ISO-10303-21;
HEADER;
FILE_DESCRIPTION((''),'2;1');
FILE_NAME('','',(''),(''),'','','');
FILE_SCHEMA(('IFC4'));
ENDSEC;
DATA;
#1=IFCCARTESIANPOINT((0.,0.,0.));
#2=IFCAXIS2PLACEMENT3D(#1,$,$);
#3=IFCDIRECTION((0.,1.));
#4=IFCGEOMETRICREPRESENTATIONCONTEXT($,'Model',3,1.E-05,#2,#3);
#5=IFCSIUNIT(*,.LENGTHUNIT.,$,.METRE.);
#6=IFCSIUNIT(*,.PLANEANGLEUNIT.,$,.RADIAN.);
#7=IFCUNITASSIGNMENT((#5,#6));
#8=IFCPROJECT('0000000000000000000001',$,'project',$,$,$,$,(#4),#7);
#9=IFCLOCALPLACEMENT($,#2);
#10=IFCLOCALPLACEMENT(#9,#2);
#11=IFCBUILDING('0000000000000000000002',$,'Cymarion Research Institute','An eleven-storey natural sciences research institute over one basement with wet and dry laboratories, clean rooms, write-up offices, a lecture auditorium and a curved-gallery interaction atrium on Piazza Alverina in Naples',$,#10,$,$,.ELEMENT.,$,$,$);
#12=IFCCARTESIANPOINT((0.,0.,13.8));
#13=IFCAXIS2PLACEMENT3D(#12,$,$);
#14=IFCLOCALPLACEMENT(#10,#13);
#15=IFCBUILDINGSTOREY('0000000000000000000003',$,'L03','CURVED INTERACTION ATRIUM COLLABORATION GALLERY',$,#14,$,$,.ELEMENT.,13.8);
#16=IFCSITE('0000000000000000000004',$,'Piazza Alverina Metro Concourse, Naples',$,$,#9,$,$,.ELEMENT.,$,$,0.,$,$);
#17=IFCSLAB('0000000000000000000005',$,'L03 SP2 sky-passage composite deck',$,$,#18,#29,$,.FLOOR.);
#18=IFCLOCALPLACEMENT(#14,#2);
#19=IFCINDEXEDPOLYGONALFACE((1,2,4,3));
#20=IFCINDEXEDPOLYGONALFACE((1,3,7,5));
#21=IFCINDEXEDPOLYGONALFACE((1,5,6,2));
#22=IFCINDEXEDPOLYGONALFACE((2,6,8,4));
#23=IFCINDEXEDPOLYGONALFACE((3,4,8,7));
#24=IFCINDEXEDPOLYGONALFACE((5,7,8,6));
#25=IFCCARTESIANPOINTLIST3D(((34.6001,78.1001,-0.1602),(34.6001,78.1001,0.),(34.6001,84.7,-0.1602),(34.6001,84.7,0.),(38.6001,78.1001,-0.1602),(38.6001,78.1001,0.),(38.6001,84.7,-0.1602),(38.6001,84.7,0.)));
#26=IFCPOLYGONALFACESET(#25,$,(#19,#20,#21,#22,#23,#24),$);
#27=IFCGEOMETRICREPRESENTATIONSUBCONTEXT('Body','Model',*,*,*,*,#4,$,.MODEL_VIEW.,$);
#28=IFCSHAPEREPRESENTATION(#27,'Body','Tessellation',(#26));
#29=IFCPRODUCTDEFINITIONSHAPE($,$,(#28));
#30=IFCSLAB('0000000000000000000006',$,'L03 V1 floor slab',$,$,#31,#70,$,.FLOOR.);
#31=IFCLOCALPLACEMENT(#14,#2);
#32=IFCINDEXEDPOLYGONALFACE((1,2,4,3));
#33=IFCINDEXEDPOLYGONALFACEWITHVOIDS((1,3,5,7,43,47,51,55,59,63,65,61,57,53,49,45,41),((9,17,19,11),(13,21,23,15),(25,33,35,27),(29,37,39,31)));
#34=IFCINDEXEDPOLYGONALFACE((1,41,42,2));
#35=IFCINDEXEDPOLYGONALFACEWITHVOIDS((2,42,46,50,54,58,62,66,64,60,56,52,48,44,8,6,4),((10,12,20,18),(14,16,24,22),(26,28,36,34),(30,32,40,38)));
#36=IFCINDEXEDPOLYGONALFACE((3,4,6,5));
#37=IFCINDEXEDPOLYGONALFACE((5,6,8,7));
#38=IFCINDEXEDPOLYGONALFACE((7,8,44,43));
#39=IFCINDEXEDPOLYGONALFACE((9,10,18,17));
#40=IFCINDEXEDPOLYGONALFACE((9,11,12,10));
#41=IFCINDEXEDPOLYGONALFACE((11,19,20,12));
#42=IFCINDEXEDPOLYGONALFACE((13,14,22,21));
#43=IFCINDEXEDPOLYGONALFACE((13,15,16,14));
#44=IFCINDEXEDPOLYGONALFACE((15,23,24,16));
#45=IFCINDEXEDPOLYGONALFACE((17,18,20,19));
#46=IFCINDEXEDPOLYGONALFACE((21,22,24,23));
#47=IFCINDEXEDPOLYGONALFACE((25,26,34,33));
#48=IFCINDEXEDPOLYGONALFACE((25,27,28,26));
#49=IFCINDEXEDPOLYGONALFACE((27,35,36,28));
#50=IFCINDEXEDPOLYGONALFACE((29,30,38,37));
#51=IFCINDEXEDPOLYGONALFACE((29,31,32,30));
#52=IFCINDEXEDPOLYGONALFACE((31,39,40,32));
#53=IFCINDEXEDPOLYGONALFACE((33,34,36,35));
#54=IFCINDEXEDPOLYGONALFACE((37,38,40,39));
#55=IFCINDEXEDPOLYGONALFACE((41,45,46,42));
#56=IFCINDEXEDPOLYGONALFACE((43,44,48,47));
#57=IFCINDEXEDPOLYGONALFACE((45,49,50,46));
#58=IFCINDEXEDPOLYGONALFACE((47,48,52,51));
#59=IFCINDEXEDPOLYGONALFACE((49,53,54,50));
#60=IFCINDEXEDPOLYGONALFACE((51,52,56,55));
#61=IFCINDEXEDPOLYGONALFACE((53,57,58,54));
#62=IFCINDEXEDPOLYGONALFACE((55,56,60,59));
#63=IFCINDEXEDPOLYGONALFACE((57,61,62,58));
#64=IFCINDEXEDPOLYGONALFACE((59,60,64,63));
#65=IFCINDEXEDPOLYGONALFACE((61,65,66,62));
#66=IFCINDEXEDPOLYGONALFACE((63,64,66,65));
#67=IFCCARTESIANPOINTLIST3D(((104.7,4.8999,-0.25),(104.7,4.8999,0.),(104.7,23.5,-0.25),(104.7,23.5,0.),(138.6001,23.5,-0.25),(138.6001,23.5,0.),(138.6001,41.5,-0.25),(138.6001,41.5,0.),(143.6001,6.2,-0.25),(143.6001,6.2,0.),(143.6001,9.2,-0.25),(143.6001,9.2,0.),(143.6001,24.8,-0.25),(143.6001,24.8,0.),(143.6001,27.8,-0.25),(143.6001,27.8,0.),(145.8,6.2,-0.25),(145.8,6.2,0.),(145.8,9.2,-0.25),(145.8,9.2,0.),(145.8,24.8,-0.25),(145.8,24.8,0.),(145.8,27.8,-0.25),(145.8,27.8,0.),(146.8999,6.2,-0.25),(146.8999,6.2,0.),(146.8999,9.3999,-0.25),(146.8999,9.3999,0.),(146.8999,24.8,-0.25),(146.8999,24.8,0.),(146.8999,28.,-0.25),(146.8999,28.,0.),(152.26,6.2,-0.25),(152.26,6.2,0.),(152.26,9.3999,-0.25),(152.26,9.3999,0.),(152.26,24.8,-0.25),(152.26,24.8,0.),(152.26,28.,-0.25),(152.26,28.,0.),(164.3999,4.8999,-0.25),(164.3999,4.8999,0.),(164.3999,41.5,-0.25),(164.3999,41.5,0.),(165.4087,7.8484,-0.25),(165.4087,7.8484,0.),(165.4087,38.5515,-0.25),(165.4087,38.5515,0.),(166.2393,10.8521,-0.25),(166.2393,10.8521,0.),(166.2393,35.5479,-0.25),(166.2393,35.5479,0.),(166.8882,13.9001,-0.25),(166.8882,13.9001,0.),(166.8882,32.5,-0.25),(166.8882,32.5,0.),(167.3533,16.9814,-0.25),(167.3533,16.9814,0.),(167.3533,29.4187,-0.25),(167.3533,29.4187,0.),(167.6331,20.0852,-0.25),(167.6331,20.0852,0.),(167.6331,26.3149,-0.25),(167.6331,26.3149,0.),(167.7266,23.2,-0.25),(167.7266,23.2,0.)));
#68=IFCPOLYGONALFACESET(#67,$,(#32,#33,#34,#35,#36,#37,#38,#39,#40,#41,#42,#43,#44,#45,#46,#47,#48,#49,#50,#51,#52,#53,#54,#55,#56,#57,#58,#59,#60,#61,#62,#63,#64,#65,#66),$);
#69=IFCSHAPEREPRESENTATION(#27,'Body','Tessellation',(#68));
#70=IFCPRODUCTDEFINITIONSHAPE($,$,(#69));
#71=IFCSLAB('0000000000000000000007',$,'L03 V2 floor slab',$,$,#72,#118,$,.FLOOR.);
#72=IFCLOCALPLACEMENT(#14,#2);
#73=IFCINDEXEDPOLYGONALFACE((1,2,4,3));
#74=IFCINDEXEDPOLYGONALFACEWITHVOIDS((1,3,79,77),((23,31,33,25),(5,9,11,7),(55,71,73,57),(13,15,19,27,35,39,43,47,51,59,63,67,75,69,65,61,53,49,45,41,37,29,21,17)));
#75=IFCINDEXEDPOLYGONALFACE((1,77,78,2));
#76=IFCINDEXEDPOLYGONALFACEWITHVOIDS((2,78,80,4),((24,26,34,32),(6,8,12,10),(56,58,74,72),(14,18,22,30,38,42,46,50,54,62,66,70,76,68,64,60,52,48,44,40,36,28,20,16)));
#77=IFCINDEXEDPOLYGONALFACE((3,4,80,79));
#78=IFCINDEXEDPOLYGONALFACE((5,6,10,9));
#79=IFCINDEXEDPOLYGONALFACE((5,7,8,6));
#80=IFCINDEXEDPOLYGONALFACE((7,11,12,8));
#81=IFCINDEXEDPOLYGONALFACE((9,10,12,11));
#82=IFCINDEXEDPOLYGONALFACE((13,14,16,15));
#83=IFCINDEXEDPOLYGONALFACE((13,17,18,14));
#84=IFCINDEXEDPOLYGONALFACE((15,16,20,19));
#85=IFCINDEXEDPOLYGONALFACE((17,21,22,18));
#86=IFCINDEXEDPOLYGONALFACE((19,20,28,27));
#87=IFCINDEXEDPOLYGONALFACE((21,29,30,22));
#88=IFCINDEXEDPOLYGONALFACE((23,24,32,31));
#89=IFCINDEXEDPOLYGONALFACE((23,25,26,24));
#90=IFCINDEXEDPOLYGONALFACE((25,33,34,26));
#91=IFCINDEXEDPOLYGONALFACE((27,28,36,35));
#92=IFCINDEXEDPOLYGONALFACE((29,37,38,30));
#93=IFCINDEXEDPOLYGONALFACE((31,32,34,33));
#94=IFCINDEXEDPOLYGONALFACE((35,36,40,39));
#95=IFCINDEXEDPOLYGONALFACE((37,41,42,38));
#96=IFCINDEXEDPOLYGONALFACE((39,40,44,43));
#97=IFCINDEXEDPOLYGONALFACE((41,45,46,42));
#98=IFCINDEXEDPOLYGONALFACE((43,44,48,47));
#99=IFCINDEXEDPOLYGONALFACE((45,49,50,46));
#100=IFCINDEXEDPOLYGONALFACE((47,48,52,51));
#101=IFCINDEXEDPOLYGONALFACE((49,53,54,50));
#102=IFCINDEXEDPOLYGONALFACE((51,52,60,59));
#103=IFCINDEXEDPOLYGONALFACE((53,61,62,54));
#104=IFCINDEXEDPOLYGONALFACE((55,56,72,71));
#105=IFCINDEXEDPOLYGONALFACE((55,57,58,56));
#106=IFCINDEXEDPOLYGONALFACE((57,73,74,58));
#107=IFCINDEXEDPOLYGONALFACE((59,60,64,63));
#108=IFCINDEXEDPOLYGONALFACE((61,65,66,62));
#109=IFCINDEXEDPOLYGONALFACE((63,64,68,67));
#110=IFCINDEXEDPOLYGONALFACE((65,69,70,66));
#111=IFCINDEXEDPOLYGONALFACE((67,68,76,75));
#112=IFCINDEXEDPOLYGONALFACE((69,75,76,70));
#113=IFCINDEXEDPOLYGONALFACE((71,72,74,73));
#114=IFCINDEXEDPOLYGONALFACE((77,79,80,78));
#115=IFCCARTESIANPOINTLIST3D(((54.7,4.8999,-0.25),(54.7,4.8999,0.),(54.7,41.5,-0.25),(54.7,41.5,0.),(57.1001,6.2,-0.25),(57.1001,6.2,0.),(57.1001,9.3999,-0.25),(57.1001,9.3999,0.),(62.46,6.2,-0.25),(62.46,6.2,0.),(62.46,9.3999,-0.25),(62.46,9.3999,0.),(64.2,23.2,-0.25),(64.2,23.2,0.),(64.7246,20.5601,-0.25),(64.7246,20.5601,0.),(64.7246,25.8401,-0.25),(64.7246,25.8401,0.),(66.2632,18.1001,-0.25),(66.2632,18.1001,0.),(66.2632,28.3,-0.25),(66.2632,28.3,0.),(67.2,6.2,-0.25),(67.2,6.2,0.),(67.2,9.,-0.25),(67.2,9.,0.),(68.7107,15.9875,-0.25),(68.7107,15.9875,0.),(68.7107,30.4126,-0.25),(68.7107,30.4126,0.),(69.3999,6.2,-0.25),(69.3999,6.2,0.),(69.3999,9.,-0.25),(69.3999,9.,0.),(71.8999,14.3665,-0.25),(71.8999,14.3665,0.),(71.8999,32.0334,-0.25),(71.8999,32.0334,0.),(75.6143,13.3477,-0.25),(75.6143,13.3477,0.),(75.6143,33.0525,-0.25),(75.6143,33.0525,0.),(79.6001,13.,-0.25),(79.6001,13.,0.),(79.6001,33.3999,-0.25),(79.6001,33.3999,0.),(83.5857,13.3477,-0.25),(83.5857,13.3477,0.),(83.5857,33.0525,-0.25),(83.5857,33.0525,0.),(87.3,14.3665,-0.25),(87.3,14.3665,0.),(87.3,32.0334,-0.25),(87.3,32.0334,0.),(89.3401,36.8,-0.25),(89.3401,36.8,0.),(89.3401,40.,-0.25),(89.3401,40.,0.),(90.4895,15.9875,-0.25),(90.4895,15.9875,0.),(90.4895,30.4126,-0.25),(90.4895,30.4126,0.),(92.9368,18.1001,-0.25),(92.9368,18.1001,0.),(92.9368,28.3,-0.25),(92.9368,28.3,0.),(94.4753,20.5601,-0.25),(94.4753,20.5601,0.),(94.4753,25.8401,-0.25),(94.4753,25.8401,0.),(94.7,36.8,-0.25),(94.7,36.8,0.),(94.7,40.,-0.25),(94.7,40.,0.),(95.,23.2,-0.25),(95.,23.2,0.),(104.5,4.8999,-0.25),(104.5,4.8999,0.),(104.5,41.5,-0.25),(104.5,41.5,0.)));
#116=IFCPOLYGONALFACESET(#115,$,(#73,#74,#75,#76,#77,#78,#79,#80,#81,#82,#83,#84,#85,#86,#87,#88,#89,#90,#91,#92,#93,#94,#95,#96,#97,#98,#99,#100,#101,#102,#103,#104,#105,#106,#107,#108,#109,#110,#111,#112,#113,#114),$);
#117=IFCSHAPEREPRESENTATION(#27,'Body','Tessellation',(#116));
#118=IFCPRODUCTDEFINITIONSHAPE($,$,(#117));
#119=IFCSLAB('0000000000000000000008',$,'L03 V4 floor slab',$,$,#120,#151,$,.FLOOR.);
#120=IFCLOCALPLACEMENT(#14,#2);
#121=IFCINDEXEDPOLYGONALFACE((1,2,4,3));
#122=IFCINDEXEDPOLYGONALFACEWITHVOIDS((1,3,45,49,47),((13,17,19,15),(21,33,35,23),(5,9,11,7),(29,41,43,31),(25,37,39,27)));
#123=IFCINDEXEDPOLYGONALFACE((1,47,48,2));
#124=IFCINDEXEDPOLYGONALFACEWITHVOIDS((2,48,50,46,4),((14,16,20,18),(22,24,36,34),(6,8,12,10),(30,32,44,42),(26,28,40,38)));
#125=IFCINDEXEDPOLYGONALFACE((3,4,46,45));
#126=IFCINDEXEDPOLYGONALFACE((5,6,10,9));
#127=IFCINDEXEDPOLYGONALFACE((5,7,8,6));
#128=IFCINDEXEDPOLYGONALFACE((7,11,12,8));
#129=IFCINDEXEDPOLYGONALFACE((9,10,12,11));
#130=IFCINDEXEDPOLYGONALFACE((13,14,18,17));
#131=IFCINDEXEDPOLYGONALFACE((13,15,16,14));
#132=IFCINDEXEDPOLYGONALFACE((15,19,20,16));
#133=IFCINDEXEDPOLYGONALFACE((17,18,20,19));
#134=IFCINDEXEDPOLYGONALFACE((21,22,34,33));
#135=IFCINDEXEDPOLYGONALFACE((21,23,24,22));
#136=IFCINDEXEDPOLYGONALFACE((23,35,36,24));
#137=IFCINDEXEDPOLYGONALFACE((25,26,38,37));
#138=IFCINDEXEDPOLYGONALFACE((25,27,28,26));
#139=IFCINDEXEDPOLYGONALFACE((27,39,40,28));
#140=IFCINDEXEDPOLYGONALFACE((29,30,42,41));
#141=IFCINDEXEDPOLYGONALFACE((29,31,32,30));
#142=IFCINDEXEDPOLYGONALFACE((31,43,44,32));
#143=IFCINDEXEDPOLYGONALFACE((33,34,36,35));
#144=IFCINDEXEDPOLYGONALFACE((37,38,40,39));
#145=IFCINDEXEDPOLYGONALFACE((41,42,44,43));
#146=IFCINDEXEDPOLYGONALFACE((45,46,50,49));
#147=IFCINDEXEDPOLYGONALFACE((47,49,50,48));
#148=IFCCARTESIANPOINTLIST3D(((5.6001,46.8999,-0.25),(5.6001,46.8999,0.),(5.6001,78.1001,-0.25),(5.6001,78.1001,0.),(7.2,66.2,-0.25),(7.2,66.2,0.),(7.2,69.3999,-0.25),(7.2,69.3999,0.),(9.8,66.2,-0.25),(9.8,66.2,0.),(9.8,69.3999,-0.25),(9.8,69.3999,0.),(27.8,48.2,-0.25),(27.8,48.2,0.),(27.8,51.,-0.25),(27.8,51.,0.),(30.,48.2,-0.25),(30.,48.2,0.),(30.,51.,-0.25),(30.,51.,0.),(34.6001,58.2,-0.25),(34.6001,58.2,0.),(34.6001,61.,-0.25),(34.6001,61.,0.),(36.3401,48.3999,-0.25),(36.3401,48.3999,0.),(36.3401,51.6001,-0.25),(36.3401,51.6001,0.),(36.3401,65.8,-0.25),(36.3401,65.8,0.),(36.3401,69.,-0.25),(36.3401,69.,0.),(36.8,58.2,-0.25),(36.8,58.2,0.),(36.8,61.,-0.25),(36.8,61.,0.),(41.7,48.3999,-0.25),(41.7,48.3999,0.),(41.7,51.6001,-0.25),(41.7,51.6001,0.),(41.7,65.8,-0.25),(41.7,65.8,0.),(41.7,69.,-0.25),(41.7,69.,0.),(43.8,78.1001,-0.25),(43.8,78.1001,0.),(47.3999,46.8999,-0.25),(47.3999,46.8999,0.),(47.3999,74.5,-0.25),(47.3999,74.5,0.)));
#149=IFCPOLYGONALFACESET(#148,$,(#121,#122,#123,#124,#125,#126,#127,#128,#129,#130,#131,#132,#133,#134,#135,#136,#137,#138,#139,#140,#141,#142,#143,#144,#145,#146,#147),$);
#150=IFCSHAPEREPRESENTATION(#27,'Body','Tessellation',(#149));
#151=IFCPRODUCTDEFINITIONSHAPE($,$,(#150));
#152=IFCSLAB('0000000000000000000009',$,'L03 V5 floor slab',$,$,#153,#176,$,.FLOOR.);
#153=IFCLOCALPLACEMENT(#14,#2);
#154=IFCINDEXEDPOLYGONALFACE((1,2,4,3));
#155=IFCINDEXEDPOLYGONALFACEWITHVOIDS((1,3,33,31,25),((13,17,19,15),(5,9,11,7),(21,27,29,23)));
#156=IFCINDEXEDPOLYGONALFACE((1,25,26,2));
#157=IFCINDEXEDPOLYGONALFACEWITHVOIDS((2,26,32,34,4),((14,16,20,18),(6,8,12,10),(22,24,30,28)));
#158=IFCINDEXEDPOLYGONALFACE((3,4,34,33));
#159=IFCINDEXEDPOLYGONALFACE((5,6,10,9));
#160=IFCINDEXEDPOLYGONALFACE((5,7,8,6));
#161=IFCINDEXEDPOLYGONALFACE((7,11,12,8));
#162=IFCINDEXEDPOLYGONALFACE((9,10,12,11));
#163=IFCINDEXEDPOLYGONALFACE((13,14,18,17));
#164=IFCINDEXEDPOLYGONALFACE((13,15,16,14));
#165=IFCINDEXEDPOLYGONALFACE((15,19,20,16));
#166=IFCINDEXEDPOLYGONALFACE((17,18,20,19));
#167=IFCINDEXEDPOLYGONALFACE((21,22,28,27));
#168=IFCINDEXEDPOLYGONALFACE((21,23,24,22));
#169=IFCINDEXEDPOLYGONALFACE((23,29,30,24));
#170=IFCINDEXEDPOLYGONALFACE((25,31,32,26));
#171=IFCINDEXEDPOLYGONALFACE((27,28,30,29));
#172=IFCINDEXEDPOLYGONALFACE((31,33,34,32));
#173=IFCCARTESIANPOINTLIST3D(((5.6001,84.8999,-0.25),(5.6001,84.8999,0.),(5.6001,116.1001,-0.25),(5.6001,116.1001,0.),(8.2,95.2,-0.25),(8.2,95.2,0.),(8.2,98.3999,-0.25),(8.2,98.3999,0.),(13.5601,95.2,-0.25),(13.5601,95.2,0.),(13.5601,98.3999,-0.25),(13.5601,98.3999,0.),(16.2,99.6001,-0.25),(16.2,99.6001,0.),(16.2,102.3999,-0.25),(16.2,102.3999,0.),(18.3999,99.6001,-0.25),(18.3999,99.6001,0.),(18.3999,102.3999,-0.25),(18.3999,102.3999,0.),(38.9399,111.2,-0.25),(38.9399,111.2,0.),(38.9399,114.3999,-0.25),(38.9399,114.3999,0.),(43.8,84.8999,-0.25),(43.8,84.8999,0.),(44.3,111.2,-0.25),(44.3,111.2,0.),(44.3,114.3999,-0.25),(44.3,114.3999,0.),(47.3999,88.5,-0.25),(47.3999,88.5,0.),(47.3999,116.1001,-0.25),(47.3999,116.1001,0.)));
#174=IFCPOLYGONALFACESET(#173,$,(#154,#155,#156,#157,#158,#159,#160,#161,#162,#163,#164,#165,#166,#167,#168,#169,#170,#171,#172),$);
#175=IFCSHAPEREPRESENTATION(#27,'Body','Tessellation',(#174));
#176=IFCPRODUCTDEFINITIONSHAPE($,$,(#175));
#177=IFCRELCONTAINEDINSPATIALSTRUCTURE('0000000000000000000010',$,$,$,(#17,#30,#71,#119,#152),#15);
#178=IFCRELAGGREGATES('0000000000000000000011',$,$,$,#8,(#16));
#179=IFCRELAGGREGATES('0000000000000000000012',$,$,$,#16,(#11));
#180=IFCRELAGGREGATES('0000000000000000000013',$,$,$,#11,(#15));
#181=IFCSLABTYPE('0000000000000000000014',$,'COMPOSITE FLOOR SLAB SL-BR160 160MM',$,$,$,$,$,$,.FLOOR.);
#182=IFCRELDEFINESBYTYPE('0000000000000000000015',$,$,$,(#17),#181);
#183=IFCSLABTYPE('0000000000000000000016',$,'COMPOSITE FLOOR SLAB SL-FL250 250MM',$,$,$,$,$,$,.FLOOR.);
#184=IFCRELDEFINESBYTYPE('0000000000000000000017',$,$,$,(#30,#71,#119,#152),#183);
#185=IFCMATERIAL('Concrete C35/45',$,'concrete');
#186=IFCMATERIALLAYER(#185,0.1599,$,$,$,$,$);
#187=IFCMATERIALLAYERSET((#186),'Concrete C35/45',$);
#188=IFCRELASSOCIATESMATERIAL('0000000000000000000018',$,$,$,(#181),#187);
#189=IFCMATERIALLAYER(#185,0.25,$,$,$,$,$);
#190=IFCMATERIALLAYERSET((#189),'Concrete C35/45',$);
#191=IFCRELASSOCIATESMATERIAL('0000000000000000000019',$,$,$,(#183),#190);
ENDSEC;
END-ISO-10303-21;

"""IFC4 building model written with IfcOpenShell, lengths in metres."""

from ifc_helpers import new_model, si_unit, direction, frame, origin, place, context, subcontext, project, spatial, polyline, outline, extrude, material, layer, layer_set, type_object, element, save


model = new_model("IFC4")

# Units and contexts
model_context = context("Model", 3, precision=1e-05, world=origin(), true_north=direction((0.0, 1.0)))
body_context = subcontext(model_context, "Body", "Model", "MODEL_VIEW")
ifc_project = project(units=[si_unit("LENGTHUNIT", "METRE"), si_unit("PLANEANGLEUNIT", "RADIAN")], contexts=[model_context])

# Site, building, storey
site_placement = place(None, origin())
site = spatial("IfcSite", under=ifc_project, at=site_placement, Name="Piazza Alverina Metro Concourse, Naples", CompositionType="ELEMENT", RefElevation=0.0)
building_placement = place(site_placement, origin())
building = spatial("IfcBuilding", under=site, at=building_placement, Name="Cymarion Research Institute", Description="An eleven-storey natural sciences research institute over one basement with wet and dry laboratories, clean rooms, write-up offices, a lecture auditorium and a curved-gallery interaction atrium on Piazza Alverina in Naples", CompositionType="ELEMENT")
storey_placement = place(building_placement, frame((0.0, 0.0, 13.8)))
storey = spatial("IfcBuildingStorey", under=building, at=storey_placement, Name="L03", Description="CURVED INTERACTION ATRIUM COLLABORATION GALLERY", CompositionType="ELEMENT", Elevation=13.8)

# Slabs
ifc_material_1 = material(Name="Concrete C35/45", Category="concrete")
ifc_layer_1 = layer(ifc_material_1, 0.1599)
ifc_layer_set_1 = layer_set([ifc_layer_1], Name="Concrete C35/45")
slab_type_1 = type_object("IfcSlabType", Name="COMPOSITE FLOOR SLAB SL-BR160 160MM", PredefinedType="FLOOR", material=ifc_layer_set_1)
slab_1_placement = place(storey_placement, frame((0.0, 0.0, -0.1602)))
element("IfcSlab", 1, at=slab_1_placement, inside=storey, type_object=slab_type_1, Name="L03 SP2 sky-passage composite deck", PredefinedType="FLOOR", context=body_context, shape_type="SweptSolid", body=[
    extrude(outline(polyline([(34.6001, 78.1001), (38.6001, 78.1001), (38.6001, 84.7), (34.6001, 84.7), (34.6001, 78.1001)])), origin(), (0.0, 0.0, 1.0), 0.1602),
])
ifc_layer_2 = layer(ifc_material_1, 0.25)
ifc_layer_set_2 = layer_set([ifc_layer_2], Name="Concrete C35/45")
slab_type_2 = type_object("IfcSlabType", Name="COMPOSITE FLOOR SLAB SL-FL250 250MM", PredefinedType="FLOOR", material=ifc_layer_set_2)
slab_2_placement = place(storey_placement, frame((0.0, 0.0, -0.25)))
element("IfcSlab", 2, at=slab_2_placement, inside=storey, type_object=slab_type_2, Name="L03 V1 floor slab", PredefinedType="FLOOR", context=body_context, shape_type="SweptSolid", body=[
    extrude(outline(polyline([(104.7, 4.8999), (164.3999, 4.8999), (165.4087, 7.8484), (166.2393, 10.8521), (166.8882, 13.9001), (167.3533, 16.9814), (167.6331, 20.0852), (167.7266, 23.2), (167.6331, 26.3149), (167.3533, 29.4187), (166.8882, 32.5), (166.2393, 35.5479), (165.4087, 38.5515), (164.3999, 41.5), (138.6001, 41.5), (138.6001, 23.5), (104.7, 23.5), (104.7, 4.8999)]), holes=[polyline([(152.26, 9.3999), (146.8999, 9.3999), (146.8999, 6.2), (152.26, 6.2), (152.26, 9.3999)]), polyline([(143.6001, 6.2), (145.8, 6.2), (145.8, 9.2), (143.6001, 9.2), (143.6001, 6.2)]), polyline([(152.26, 28.0), (146.8999, 28.0), (146.8999, 24.8), (152.26, 24.8), (152.26, 28.0)]), polyline([(143.6001, 24.8), (145.8, 24.8), (145.8, 27.8), (143.6001, 27.8), (143.6001, 24.8)])]), origin(), (0.0, 0.0, 1.0), 0.25),
])
slab_3_placement = place(storey_placement, frame((0.0, 0.0, -0.25)))
element("IfcSlab", 3, at=slab_3_placement, inside=storey, type_object=slab_type_2, Name="L03 V2 floor slab", PredefinedType="FLOOR", context=body_context, shape_type="SweptSolid", body=[
    extrude(outline(polyline([(54.7, 4.8999), (104.5, 4.8999), (104.5, 41.5), (54.7, 41.5), (54.7, 4.8999)]), holes=[polyline([(62.46, 9.3999), (57.1001, 9.3999), (57.1001, 6.2), (62.46, 6.2), (62.46, 9.3999)]), polyline([(67.2, 6.2), (69.3999, 6.2), (69.3999, 9.0), (67.2, 9.0), (67.2, 6.2)]), polyline([(89.3401, 36.8), (94.7, 36.8), (94.7, 40.0), (89.3401, 40.0), (89.3401, 36.8)]), polyline([(95.0, 23.2), (94.4753, 25.8401), (92.9368, 28.3), (90.4895, 30.4126), (87.3, 32.0334), (83.5857, 33.0525), (79.6001, 33.3999), (75.6143, 33.0525), (71.8999, 32.0334), (68.7107, 30.4126), (66.2632, 28.3), (64.7246, 25.8401), (64.2, 23.2), (64.7246, 20.5601), (66.2632, 18.1001), (68.7107, 15.9875), (71.8999, 14.3665), (75.6143, 13.3477), (79.6001, 13.0), (83.5857, 13.3477), (87.3, 14.3665), (90.4895, 15.9875), (92.9368, 18.1001), (94.4753, 20.5601), (95.0, 23.2)])]), origin(), (0.0, 0.0, 1.0), 0.25),
])
slab_4_placement = place(storey_placement, frame((0.0, 0.0, -0.25)))
element("IfcSlab", 4, at=slab_4_placement, inside=storey, type_object=slab_type_2, Name="L03 V4 floor slab", PredefinedType="FLOOR", context=body_context, shape_type="SweptSolid", body=[
    extrude(outline(polyline([(5.6001, 46.8999), (47.3999, 46.8999), (47.3999, 74.5), (43.8, 78.1001), (5.6001, 78.1001), (5.6001, 46.8999)]), holes=[polyline([(36.3401, 48.3999), (41.7, 48.3999), (41.7, 51.6001), (36.3401, 51.6001), (36.3401, 48.3999)]), polyline([(27.8, 48.2), (30.0, 48.2), (30.0, 51.0), (27.8, 51.0), (27.8, 48.2)]), polyline([(36.3401, 65.8), (41.7, 65.8), (41.7, 69.0), (36.3401, 69.0), (36.3401, 65.8)]), polyline([(34.6001, 58.2), (36.8, 58.2), (36.8, 61.0), (34.6001, 61.0), (34.6001, 58.2)]), polyline([(7.2, 66.2), (9.8, 66.2), (9.8, 69.3999), (7.2, 69.3999), (7.2, 66.2)])]), origin(), (0.0, 0.0, 1.0), 0.25),
])
slab_5_placement = place(storey_placement, frame((0.0, 0.0, -0.25)))
element("IfcSlab", 5, at=slab_5_placement, inside=storey, type_object=slab_type_2, Name="L03 V5 floor slab", PredefinedType="FLOOR", context=body_context, shape_type="SweptSolid", body=[
    extrude(outline(polyline([(5.6001, 84.8999), (43.8, 84.8999), (47.3999, 88.5), (47.3999, 116.1001), (5.6001, 116.1001), (5.6001, 84.8999)]), holes=[polyline([(13.5601, 98.3999), (8.2, 98.3999), (8.2, 95.2), (13.5601, 95.2), (13.5601, 98.3999)]), polyline([(16.2, 99.6001), (18.3999, 99.6001), (18.3999, 102.3999), (16.2, 102.3999), (16.2, 99.6001)]), polyline([(38.9399, 111.2), (44.3, 111.2), (44.3, 114.3999), (38.9399, 114.3999), (38.9399, 111.2)])]), origin(), (0.0, 0.0, 1.0), 0.25),
])

save(model, "model.ifc")
